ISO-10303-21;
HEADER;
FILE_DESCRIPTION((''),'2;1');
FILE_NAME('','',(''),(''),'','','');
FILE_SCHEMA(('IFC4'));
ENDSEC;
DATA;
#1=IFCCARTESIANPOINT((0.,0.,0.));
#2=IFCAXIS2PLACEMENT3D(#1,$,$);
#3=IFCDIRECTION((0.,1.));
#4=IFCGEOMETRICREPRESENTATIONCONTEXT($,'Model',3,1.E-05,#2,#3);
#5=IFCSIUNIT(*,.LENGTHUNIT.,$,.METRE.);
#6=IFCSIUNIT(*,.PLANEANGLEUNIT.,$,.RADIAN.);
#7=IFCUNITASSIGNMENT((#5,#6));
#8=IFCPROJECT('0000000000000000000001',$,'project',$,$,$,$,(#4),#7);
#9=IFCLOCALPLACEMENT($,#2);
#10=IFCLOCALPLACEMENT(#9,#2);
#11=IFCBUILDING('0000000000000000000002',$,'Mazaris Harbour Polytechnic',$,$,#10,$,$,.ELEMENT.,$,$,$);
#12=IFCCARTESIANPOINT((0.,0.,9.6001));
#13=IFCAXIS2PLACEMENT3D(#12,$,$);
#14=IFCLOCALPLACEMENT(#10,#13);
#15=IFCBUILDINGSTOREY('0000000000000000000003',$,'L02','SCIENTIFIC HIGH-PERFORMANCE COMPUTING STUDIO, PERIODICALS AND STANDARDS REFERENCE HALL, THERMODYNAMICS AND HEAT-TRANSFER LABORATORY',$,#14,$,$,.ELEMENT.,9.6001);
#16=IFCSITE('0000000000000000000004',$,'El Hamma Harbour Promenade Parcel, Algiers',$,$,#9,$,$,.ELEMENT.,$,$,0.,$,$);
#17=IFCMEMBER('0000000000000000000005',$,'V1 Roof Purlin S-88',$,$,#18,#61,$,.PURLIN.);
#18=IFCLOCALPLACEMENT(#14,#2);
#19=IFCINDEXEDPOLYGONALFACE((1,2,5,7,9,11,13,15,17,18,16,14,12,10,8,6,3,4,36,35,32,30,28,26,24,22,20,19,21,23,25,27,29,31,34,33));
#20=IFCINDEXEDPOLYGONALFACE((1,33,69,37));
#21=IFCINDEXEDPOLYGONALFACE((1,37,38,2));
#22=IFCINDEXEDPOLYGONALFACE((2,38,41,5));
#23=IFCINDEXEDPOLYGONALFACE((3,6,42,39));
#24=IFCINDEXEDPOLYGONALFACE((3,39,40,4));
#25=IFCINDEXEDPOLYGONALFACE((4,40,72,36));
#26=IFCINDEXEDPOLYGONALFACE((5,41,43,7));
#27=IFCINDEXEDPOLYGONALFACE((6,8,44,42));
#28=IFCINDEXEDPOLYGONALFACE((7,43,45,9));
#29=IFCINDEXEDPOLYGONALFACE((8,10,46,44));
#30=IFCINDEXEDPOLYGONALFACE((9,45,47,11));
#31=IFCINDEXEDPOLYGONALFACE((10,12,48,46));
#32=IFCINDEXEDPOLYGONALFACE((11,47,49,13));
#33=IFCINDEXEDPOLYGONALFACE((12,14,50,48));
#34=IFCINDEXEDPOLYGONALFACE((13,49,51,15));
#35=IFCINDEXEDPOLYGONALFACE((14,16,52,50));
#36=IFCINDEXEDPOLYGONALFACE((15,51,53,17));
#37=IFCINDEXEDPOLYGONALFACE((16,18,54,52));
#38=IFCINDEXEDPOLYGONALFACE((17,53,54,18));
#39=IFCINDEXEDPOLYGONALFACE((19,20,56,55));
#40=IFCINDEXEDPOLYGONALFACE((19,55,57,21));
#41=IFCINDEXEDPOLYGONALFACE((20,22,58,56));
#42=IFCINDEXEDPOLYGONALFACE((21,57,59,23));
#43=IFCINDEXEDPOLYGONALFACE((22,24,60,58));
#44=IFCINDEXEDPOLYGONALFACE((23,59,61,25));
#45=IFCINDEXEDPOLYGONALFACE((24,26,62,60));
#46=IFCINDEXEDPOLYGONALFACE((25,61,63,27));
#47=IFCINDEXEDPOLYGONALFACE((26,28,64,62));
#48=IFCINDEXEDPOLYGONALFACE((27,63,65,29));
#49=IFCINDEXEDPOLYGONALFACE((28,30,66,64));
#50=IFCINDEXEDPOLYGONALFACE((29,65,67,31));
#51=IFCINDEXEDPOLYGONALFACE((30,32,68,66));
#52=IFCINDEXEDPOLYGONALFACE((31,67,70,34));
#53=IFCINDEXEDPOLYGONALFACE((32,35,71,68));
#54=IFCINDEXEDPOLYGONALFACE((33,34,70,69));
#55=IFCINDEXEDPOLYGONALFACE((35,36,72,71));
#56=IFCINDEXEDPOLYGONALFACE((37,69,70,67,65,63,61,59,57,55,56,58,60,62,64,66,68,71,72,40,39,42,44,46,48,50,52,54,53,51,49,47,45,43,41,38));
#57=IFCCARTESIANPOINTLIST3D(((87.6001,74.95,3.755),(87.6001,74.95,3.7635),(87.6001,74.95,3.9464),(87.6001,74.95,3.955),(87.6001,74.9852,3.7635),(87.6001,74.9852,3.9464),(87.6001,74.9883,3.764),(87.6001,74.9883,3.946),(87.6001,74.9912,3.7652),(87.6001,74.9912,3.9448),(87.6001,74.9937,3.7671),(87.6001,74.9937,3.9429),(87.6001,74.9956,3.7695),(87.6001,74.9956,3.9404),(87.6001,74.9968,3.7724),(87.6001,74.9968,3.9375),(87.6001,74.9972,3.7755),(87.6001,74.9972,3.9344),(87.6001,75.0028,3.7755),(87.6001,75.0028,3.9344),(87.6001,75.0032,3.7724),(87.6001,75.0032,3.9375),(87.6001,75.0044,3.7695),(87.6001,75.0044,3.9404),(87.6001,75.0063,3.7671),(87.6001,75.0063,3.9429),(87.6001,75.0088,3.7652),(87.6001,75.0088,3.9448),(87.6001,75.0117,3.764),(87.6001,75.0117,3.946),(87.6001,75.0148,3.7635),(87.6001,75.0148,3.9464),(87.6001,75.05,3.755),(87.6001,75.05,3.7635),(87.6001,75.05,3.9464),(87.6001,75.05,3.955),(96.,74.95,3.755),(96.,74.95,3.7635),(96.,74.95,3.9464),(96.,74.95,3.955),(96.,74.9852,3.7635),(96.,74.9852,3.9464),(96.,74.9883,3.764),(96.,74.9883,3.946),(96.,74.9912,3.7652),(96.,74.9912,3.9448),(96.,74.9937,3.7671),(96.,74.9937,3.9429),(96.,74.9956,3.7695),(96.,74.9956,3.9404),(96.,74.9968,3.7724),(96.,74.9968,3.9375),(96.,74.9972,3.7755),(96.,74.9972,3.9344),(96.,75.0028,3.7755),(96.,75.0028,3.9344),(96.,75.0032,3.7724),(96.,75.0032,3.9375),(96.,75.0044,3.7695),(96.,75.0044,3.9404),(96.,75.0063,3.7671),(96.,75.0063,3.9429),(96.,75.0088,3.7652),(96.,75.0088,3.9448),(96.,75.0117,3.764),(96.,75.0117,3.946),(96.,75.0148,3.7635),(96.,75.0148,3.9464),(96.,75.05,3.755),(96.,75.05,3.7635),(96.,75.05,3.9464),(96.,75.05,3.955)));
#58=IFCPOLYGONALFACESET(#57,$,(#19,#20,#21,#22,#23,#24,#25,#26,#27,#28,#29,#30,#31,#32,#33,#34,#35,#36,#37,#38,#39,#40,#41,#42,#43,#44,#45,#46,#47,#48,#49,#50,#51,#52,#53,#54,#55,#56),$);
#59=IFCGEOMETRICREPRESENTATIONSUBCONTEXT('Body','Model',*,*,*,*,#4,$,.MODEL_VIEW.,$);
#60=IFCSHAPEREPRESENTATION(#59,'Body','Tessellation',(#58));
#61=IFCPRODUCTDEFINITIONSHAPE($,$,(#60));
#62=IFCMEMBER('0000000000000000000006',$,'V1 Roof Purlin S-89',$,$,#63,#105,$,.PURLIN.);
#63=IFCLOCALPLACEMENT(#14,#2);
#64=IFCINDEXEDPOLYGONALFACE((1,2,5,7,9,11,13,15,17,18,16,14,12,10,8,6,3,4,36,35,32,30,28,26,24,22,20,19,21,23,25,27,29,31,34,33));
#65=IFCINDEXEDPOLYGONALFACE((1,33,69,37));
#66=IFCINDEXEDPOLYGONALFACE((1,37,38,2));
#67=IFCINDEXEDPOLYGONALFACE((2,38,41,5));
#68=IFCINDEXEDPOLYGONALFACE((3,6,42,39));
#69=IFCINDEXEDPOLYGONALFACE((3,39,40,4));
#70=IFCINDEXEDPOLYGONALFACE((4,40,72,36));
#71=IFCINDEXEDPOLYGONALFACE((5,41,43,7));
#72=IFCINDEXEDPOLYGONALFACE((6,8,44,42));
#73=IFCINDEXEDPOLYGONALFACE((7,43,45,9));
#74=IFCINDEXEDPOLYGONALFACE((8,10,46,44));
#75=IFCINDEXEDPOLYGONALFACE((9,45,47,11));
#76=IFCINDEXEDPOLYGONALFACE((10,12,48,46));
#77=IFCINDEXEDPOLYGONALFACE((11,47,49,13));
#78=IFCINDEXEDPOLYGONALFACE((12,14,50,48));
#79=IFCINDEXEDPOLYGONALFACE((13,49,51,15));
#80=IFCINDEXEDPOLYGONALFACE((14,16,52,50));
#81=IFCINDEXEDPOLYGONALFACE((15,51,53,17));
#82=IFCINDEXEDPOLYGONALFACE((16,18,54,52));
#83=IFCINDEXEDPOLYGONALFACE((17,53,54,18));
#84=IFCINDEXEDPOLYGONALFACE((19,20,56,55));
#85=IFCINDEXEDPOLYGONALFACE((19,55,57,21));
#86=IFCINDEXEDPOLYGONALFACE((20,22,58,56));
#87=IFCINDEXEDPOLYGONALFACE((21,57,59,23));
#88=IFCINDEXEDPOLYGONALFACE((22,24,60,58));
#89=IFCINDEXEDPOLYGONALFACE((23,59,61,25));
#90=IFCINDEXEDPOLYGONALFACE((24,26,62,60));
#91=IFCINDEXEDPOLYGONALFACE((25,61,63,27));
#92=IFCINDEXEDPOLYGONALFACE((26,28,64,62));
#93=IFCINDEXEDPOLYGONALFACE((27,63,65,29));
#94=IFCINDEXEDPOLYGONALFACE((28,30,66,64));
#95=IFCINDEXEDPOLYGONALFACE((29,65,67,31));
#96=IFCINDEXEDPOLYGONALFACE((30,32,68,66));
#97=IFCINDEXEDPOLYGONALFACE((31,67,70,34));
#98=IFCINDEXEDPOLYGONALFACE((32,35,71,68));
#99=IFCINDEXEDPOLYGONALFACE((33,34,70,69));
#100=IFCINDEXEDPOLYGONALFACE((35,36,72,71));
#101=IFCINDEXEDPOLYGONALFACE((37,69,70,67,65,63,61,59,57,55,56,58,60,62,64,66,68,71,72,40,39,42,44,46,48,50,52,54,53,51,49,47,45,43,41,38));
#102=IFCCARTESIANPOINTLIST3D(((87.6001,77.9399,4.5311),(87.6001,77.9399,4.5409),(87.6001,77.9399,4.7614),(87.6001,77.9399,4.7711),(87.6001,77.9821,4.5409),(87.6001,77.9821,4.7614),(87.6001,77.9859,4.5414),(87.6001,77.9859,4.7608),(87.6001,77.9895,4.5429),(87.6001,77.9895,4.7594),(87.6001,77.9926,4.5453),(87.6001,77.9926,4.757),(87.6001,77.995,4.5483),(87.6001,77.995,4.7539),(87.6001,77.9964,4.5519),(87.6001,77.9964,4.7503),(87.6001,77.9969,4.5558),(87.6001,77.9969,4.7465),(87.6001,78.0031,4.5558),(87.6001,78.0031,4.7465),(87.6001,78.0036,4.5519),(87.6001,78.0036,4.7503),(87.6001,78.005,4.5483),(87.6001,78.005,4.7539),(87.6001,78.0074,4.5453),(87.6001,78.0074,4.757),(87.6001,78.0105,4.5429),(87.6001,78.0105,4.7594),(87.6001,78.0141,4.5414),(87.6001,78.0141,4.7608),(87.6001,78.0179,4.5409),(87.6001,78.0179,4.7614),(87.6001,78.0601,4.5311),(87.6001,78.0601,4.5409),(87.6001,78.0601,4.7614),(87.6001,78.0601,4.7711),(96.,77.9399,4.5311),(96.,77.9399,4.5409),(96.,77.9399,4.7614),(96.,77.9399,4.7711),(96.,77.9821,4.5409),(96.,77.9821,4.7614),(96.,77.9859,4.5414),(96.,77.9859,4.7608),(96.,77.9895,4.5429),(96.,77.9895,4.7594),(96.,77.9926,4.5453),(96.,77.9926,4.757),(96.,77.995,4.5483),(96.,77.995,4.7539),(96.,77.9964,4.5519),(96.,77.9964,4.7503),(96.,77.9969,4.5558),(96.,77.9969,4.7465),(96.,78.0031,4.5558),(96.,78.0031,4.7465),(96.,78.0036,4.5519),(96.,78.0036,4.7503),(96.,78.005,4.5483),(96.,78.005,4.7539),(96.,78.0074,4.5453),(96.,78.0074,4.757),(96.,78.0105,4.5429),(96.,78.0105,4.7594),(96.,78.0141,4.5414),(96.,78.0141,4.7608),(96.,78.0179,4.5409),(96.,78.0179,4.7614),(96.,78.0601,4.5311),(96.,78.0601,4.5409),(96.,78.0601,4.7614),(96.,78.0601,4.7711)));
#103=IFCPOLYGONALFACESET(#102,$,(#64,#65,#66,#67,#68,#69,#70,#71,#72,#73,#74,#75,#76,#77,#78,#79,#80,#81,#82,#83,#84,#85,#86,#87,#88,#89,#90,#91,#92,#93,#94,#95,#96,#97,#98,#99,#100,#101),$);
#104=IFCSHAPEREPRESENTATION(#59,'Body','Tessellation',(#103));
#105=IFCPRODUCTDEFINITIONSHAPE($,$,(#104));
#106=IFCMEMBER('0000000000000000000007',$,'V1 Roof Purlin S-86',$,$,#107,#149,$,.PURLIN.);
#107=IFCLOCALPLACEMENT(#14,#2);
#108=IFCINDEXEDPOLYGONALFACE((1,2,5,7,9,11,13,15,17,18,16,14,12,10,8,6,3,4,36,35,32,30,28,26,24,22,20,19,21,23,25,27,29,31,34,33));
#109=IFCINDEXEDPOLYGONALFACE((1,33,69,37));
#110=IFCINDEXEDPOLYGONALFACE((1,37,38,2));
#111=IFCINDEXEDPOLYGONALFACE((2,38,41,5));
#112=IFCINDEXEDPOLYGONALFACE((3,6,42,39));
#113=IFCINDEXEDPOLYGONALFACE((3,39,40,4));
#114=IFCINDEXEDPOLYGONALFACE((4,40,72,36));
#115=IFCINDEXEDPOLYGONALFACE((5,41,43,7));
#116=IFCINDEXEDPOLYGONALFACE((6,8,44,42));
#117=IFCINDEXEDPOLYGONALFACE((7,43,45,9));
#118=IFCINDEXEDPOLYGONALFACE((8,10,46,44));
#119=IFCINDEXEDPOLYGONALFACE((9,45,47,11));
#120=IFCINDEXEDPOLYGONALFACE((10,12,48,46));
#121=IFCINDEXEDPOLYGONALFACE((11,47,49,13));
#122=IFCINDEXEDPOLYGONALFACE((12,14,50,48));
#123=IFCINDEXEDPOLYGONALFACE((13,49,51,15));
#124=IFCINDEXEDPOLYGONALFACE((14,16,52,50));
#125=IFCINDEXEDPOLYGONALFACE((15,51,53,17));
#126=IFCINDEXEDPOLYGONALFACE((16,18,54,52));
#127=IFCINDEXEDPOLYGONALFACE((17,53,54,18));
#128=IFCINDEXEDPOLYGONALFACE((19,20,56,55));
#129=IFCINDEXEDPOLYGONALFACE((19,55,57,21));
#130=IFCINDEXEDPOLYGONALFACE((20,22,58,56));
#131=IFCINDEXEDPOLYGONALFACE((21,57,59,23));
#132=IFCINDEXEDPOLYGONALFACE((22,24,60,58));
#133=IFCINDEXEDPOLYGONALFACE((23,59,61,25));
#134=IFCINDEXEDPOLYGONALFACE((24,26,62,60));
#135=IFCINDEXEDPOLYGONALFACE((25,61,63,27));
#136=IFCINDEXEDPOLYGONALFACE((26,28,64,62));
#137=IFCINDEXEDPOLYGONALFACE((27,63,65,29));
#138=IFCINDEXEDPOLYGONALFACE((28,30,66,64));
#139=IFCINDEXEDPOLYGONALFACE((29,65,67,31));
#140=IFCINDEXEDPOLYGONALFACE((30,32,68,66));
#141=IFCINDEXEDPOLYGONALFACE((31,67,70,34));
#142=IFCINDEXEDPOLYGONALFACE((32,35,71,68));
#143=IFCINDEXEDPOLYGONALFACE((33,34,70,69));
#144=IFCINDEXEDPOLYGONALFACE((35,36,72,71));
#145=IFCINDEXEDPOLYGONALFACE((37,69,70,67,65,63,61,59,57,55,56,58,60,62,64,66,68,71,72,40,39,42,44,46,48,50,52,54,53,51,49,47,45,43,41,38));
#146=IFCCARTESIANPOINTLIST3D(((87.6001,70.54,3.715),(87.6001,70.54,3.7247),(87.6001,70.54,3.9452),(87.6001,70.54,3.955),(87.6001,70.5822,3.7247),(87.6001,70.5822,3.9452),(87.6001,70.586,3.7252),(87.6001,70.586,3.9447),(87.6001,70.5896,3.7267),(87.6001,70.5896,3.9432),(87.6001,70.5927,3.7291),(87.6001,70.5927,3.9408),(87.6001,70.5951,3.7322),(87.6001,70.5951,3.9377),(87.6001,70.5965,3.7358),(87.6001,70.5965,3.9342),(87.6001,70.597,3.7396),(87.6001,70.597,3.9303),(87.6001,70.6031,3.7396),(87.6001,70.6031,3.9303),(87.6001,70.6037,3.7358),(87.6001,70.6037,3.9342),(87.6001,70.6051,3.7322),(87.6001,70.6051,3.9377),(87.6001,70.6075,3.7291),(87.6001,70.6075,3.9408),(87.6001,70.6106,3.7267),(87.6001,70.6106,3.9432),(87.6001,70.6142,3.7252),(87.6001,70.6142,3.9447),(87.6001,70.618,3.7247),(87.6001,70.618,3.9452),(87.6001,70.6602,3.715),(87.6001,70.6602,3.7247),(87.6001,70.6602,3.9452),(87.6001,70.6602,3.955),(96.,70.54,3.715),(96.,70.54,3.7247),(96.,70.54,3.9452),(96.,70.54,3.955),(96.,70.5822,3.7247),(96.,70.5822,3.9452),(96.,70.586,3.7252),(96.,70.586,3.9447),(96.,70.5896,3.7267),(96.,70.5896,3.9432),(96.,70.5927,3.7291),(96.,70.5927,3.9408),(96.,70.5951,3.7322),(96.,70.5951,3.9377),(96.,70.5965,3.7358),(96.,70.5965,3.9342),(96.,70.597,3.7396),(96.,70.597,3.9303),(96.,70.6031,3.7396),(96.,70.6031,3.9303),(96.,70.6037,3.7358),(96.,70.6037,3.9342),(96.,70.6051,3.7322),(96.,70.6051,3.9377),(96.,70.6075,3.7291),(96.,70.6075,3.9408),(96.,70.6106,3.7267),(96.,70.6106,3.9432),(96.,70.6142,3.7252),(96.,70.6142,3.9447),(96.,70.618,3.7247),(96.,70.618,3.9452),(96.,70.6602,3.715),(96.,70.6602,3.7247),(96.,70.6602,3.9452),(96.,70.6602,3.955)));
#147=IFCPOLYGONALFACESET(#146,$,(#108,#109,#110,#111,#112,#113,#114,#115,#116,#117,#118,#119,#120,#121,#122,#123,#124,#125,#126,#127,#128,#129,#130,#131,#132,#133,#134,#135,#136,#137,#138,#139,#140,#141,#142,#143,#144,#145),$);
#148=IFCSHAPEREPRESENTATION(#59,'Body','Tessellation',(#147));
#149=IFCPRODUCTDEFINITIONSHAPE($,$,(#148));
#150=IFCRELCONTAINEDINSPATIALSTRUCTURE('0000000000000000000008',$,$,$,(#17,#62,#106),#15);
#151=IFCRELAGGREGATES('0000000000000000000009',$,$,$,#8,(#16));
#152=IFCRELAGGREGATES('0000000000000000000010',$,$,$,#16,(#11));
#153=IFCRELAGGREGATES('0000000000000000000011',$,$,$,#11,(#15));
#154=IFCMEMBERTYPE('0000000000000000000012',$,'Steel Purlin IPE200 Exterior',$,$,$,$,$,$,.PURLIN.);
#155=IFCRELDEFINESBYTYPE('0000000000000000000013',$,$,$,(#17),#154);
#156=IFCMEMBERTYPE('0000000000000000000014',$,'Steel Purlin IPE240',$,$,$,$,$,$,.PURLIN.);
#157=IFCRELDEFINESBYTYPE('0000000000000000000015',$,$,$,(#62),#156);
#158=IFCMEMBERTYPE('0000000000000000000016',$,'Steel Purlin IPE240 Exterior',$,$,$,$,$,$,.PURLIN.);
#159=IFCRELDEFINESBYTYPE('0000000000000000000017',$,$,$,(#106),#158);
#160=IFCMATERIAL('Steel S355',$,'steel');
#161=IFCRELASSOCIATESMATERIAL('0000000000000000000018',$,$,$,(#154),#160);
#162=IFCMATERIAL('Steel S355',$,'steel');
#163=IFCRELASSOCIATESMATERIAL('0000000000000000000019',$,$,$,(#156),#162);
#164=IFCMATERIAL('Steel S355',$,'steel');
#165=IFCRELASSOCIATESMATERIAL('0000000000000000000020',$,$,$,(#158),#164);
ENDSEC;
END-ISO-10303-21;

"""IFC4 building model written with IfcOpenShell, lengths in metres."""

from ifc_helpers import new_model, si_unit, direction, frame, origin, origin_2d, place, context, subcontext, project, spatial, i_section, extrude, material, material_profile, profile_set, type_object, element, save


model = new_model("IFC4")

# Units and contexts
model_context = context("Model", 3, precision=1e-05, world=origin(), true_north=direction((0.0, 1.0)))
body_context = subcontext(model_context, "Body", "Model", "MODEL_VIEW")
ifc_project = project(units=[si_unit("LENGTHUNIT", "METRE"), si_unit("PLANEANGLEUNIT", "RADIAN")], contexts=[model_context])

# Site, building, storey
site_placement = place(None, origin())
site = spatial("IfcSite", under=ifc_project, at=site_placement, Name="El Hamma Harbour Promenade Parcel, Algiers", CompositionType="ELEMENT", RefElevation=0.0)
building_placement = place(site_placement, origin())
building = spatial("IfcBuilding", under=site, at=building_placement, Name="Mazaris Harbour Polytechnic", CompositionType="ELEMENT")
storey_placement = place(building_placement, frame((0.0, 0.0, 9.6001)))
storey = spatial("IfcBuildingStorey", under=building, at=storey_placement, Name="L02", Description="SCIENTIFIC HIGH-PERFORMANCE COMPUTING STUDIO, PERIODICALS AND STANDARDS REFERENCE HALL, THERMODYNAMICS AND HEAT-TRANSFER LABORATORY", CompositionType="ELEMENT", Elevation=9.6001)

# Members
ifc_material_1 = material(Name="Steel S355", Category="steel")
ifc_material_profile_1 = material_profile(ifc_material_1, i_section(OverallWidth=0.1001, OverallDepth=0.2, WebThickness=0.0056, FlangeThickness=0.0085, FilletRadius=0.012, at=origin_2d()), Name="IPE 200")
ifc_profile_set_1 = profile_set([ifc_material_profile_1], Name="Steel S355")
member_type_1 = type_object("IfcMemberType", Name="Steel Purlin IPE200 Exterior", PredefinedType="PURLIN", material=ifc_profile_set_1)
member_1_placement = place(storey_placement, frame((87.6001, 75.0, 3.855), z_axis=(1.0, 0.0, 0.0), x_axis=(0.0, 1.0, 0.0)))
element("IfcMember", 1, at=member_1_placement, inside=storey, type_object=member_type_1, Name="V1 Roof Purlin S-88", PredefinedType="PURLIN", context=body_context, shape_type="SweptSolid", body=[
    extrude(i_section(OverallWidth=0.1001, OverallDepth=0.2, WebThickness=0.0056, FlangeThickness=0.0085, FilletRadius=0.012, at=origin_2d()), origin(), (0.0, 0.0, 1.0), 8.3999),
])
ifc_material_2 = material(Name="Steel S355", Category="steel")
ifc_material_profile_2 = material_profile(ifc_material_2, i_section(OverallWidth=0.1201, OverallDepth=0.24, WebThickness=0.0061, FlangeThickness=0.0098, FilletRadius=0.0149, at=origin_2d()), Name="IPE 240")
ifc_profile_set_2 = profile_set([ifc_material_profile_2], Name="Steel S355")
member_type_2 = type_object("IfcMemberType", Name="Steel Purlin IPE240", PredefinedType="PURLIN", material=ifc_profile_set_2)
member_2_placement = place(storey_placement, frame((87.6001, 78.0, 4.6511), z_axis=(1.0, 0.0, 0.0), x_axis=(0.0, 1.0, 0.0)))
element("IfcMember", 2, at=member_2_placement, inside=storey, type_object=member_type_2, Name="V1 Roof Purlin S-89", PredefinedType="PURLIN", context=body_context, shape_type="SweptSolid", body=[
    extrude(i_section(OverallWidth=0.1201, OverallDepth=0.24, WebThickness=0.0061, FlangeThickness=0.0098, FilletRadius=0.0149, at=origin_2d()), origin(), (0.0, 0.0, 1.0), 8.3999),
])
ifc_material_3 = material(Name="Steel S355", Category="steel")
ifc_material_profile_3 = material_profile(ifc_material_3, i_section(OverallWidth=0.1201, OverallDepth=0.24, WebThickness=0.0061, FlangeThickness=0.0098, FilletRadius=0.0149, at=origin_2d()), Name="IPE 240")
ifc_profile_set_3 = profile_set([ifc_material_profile_3], Name="Steel S355")
member_type_3 = type_object("IfcMemberType", Name="Steel Purlin IPE240 Exterior", PredefinedType="PURLIN", material=ifc_profile_set_3)
member_3_placement = place(storey_placement, frame((87.6001, 70.6001, 3.835), z_axis=(1.0, 0.0, 0.0), x_axis=(0.0, 1.0, 0.0)))
element("IfcMember", 3, at=member_3_placement, inside=storey, type_object=member_type_3, Name="V1 Roof Purlin S-86", PredefinedType="PURLIN", context=body_context, shape_type="SweptSolid", body=[
    extrude(i_section(OverallWidth=0.1201, OverallDepth=0.24, WebThickness=0.0061, FlangeThickness=0.0098, FilletRadius=0.0149, at=origin_2d()), origin(), (0.0, 0.0, 1.0), 8.3999),
])

save(model, "model.ifc")
